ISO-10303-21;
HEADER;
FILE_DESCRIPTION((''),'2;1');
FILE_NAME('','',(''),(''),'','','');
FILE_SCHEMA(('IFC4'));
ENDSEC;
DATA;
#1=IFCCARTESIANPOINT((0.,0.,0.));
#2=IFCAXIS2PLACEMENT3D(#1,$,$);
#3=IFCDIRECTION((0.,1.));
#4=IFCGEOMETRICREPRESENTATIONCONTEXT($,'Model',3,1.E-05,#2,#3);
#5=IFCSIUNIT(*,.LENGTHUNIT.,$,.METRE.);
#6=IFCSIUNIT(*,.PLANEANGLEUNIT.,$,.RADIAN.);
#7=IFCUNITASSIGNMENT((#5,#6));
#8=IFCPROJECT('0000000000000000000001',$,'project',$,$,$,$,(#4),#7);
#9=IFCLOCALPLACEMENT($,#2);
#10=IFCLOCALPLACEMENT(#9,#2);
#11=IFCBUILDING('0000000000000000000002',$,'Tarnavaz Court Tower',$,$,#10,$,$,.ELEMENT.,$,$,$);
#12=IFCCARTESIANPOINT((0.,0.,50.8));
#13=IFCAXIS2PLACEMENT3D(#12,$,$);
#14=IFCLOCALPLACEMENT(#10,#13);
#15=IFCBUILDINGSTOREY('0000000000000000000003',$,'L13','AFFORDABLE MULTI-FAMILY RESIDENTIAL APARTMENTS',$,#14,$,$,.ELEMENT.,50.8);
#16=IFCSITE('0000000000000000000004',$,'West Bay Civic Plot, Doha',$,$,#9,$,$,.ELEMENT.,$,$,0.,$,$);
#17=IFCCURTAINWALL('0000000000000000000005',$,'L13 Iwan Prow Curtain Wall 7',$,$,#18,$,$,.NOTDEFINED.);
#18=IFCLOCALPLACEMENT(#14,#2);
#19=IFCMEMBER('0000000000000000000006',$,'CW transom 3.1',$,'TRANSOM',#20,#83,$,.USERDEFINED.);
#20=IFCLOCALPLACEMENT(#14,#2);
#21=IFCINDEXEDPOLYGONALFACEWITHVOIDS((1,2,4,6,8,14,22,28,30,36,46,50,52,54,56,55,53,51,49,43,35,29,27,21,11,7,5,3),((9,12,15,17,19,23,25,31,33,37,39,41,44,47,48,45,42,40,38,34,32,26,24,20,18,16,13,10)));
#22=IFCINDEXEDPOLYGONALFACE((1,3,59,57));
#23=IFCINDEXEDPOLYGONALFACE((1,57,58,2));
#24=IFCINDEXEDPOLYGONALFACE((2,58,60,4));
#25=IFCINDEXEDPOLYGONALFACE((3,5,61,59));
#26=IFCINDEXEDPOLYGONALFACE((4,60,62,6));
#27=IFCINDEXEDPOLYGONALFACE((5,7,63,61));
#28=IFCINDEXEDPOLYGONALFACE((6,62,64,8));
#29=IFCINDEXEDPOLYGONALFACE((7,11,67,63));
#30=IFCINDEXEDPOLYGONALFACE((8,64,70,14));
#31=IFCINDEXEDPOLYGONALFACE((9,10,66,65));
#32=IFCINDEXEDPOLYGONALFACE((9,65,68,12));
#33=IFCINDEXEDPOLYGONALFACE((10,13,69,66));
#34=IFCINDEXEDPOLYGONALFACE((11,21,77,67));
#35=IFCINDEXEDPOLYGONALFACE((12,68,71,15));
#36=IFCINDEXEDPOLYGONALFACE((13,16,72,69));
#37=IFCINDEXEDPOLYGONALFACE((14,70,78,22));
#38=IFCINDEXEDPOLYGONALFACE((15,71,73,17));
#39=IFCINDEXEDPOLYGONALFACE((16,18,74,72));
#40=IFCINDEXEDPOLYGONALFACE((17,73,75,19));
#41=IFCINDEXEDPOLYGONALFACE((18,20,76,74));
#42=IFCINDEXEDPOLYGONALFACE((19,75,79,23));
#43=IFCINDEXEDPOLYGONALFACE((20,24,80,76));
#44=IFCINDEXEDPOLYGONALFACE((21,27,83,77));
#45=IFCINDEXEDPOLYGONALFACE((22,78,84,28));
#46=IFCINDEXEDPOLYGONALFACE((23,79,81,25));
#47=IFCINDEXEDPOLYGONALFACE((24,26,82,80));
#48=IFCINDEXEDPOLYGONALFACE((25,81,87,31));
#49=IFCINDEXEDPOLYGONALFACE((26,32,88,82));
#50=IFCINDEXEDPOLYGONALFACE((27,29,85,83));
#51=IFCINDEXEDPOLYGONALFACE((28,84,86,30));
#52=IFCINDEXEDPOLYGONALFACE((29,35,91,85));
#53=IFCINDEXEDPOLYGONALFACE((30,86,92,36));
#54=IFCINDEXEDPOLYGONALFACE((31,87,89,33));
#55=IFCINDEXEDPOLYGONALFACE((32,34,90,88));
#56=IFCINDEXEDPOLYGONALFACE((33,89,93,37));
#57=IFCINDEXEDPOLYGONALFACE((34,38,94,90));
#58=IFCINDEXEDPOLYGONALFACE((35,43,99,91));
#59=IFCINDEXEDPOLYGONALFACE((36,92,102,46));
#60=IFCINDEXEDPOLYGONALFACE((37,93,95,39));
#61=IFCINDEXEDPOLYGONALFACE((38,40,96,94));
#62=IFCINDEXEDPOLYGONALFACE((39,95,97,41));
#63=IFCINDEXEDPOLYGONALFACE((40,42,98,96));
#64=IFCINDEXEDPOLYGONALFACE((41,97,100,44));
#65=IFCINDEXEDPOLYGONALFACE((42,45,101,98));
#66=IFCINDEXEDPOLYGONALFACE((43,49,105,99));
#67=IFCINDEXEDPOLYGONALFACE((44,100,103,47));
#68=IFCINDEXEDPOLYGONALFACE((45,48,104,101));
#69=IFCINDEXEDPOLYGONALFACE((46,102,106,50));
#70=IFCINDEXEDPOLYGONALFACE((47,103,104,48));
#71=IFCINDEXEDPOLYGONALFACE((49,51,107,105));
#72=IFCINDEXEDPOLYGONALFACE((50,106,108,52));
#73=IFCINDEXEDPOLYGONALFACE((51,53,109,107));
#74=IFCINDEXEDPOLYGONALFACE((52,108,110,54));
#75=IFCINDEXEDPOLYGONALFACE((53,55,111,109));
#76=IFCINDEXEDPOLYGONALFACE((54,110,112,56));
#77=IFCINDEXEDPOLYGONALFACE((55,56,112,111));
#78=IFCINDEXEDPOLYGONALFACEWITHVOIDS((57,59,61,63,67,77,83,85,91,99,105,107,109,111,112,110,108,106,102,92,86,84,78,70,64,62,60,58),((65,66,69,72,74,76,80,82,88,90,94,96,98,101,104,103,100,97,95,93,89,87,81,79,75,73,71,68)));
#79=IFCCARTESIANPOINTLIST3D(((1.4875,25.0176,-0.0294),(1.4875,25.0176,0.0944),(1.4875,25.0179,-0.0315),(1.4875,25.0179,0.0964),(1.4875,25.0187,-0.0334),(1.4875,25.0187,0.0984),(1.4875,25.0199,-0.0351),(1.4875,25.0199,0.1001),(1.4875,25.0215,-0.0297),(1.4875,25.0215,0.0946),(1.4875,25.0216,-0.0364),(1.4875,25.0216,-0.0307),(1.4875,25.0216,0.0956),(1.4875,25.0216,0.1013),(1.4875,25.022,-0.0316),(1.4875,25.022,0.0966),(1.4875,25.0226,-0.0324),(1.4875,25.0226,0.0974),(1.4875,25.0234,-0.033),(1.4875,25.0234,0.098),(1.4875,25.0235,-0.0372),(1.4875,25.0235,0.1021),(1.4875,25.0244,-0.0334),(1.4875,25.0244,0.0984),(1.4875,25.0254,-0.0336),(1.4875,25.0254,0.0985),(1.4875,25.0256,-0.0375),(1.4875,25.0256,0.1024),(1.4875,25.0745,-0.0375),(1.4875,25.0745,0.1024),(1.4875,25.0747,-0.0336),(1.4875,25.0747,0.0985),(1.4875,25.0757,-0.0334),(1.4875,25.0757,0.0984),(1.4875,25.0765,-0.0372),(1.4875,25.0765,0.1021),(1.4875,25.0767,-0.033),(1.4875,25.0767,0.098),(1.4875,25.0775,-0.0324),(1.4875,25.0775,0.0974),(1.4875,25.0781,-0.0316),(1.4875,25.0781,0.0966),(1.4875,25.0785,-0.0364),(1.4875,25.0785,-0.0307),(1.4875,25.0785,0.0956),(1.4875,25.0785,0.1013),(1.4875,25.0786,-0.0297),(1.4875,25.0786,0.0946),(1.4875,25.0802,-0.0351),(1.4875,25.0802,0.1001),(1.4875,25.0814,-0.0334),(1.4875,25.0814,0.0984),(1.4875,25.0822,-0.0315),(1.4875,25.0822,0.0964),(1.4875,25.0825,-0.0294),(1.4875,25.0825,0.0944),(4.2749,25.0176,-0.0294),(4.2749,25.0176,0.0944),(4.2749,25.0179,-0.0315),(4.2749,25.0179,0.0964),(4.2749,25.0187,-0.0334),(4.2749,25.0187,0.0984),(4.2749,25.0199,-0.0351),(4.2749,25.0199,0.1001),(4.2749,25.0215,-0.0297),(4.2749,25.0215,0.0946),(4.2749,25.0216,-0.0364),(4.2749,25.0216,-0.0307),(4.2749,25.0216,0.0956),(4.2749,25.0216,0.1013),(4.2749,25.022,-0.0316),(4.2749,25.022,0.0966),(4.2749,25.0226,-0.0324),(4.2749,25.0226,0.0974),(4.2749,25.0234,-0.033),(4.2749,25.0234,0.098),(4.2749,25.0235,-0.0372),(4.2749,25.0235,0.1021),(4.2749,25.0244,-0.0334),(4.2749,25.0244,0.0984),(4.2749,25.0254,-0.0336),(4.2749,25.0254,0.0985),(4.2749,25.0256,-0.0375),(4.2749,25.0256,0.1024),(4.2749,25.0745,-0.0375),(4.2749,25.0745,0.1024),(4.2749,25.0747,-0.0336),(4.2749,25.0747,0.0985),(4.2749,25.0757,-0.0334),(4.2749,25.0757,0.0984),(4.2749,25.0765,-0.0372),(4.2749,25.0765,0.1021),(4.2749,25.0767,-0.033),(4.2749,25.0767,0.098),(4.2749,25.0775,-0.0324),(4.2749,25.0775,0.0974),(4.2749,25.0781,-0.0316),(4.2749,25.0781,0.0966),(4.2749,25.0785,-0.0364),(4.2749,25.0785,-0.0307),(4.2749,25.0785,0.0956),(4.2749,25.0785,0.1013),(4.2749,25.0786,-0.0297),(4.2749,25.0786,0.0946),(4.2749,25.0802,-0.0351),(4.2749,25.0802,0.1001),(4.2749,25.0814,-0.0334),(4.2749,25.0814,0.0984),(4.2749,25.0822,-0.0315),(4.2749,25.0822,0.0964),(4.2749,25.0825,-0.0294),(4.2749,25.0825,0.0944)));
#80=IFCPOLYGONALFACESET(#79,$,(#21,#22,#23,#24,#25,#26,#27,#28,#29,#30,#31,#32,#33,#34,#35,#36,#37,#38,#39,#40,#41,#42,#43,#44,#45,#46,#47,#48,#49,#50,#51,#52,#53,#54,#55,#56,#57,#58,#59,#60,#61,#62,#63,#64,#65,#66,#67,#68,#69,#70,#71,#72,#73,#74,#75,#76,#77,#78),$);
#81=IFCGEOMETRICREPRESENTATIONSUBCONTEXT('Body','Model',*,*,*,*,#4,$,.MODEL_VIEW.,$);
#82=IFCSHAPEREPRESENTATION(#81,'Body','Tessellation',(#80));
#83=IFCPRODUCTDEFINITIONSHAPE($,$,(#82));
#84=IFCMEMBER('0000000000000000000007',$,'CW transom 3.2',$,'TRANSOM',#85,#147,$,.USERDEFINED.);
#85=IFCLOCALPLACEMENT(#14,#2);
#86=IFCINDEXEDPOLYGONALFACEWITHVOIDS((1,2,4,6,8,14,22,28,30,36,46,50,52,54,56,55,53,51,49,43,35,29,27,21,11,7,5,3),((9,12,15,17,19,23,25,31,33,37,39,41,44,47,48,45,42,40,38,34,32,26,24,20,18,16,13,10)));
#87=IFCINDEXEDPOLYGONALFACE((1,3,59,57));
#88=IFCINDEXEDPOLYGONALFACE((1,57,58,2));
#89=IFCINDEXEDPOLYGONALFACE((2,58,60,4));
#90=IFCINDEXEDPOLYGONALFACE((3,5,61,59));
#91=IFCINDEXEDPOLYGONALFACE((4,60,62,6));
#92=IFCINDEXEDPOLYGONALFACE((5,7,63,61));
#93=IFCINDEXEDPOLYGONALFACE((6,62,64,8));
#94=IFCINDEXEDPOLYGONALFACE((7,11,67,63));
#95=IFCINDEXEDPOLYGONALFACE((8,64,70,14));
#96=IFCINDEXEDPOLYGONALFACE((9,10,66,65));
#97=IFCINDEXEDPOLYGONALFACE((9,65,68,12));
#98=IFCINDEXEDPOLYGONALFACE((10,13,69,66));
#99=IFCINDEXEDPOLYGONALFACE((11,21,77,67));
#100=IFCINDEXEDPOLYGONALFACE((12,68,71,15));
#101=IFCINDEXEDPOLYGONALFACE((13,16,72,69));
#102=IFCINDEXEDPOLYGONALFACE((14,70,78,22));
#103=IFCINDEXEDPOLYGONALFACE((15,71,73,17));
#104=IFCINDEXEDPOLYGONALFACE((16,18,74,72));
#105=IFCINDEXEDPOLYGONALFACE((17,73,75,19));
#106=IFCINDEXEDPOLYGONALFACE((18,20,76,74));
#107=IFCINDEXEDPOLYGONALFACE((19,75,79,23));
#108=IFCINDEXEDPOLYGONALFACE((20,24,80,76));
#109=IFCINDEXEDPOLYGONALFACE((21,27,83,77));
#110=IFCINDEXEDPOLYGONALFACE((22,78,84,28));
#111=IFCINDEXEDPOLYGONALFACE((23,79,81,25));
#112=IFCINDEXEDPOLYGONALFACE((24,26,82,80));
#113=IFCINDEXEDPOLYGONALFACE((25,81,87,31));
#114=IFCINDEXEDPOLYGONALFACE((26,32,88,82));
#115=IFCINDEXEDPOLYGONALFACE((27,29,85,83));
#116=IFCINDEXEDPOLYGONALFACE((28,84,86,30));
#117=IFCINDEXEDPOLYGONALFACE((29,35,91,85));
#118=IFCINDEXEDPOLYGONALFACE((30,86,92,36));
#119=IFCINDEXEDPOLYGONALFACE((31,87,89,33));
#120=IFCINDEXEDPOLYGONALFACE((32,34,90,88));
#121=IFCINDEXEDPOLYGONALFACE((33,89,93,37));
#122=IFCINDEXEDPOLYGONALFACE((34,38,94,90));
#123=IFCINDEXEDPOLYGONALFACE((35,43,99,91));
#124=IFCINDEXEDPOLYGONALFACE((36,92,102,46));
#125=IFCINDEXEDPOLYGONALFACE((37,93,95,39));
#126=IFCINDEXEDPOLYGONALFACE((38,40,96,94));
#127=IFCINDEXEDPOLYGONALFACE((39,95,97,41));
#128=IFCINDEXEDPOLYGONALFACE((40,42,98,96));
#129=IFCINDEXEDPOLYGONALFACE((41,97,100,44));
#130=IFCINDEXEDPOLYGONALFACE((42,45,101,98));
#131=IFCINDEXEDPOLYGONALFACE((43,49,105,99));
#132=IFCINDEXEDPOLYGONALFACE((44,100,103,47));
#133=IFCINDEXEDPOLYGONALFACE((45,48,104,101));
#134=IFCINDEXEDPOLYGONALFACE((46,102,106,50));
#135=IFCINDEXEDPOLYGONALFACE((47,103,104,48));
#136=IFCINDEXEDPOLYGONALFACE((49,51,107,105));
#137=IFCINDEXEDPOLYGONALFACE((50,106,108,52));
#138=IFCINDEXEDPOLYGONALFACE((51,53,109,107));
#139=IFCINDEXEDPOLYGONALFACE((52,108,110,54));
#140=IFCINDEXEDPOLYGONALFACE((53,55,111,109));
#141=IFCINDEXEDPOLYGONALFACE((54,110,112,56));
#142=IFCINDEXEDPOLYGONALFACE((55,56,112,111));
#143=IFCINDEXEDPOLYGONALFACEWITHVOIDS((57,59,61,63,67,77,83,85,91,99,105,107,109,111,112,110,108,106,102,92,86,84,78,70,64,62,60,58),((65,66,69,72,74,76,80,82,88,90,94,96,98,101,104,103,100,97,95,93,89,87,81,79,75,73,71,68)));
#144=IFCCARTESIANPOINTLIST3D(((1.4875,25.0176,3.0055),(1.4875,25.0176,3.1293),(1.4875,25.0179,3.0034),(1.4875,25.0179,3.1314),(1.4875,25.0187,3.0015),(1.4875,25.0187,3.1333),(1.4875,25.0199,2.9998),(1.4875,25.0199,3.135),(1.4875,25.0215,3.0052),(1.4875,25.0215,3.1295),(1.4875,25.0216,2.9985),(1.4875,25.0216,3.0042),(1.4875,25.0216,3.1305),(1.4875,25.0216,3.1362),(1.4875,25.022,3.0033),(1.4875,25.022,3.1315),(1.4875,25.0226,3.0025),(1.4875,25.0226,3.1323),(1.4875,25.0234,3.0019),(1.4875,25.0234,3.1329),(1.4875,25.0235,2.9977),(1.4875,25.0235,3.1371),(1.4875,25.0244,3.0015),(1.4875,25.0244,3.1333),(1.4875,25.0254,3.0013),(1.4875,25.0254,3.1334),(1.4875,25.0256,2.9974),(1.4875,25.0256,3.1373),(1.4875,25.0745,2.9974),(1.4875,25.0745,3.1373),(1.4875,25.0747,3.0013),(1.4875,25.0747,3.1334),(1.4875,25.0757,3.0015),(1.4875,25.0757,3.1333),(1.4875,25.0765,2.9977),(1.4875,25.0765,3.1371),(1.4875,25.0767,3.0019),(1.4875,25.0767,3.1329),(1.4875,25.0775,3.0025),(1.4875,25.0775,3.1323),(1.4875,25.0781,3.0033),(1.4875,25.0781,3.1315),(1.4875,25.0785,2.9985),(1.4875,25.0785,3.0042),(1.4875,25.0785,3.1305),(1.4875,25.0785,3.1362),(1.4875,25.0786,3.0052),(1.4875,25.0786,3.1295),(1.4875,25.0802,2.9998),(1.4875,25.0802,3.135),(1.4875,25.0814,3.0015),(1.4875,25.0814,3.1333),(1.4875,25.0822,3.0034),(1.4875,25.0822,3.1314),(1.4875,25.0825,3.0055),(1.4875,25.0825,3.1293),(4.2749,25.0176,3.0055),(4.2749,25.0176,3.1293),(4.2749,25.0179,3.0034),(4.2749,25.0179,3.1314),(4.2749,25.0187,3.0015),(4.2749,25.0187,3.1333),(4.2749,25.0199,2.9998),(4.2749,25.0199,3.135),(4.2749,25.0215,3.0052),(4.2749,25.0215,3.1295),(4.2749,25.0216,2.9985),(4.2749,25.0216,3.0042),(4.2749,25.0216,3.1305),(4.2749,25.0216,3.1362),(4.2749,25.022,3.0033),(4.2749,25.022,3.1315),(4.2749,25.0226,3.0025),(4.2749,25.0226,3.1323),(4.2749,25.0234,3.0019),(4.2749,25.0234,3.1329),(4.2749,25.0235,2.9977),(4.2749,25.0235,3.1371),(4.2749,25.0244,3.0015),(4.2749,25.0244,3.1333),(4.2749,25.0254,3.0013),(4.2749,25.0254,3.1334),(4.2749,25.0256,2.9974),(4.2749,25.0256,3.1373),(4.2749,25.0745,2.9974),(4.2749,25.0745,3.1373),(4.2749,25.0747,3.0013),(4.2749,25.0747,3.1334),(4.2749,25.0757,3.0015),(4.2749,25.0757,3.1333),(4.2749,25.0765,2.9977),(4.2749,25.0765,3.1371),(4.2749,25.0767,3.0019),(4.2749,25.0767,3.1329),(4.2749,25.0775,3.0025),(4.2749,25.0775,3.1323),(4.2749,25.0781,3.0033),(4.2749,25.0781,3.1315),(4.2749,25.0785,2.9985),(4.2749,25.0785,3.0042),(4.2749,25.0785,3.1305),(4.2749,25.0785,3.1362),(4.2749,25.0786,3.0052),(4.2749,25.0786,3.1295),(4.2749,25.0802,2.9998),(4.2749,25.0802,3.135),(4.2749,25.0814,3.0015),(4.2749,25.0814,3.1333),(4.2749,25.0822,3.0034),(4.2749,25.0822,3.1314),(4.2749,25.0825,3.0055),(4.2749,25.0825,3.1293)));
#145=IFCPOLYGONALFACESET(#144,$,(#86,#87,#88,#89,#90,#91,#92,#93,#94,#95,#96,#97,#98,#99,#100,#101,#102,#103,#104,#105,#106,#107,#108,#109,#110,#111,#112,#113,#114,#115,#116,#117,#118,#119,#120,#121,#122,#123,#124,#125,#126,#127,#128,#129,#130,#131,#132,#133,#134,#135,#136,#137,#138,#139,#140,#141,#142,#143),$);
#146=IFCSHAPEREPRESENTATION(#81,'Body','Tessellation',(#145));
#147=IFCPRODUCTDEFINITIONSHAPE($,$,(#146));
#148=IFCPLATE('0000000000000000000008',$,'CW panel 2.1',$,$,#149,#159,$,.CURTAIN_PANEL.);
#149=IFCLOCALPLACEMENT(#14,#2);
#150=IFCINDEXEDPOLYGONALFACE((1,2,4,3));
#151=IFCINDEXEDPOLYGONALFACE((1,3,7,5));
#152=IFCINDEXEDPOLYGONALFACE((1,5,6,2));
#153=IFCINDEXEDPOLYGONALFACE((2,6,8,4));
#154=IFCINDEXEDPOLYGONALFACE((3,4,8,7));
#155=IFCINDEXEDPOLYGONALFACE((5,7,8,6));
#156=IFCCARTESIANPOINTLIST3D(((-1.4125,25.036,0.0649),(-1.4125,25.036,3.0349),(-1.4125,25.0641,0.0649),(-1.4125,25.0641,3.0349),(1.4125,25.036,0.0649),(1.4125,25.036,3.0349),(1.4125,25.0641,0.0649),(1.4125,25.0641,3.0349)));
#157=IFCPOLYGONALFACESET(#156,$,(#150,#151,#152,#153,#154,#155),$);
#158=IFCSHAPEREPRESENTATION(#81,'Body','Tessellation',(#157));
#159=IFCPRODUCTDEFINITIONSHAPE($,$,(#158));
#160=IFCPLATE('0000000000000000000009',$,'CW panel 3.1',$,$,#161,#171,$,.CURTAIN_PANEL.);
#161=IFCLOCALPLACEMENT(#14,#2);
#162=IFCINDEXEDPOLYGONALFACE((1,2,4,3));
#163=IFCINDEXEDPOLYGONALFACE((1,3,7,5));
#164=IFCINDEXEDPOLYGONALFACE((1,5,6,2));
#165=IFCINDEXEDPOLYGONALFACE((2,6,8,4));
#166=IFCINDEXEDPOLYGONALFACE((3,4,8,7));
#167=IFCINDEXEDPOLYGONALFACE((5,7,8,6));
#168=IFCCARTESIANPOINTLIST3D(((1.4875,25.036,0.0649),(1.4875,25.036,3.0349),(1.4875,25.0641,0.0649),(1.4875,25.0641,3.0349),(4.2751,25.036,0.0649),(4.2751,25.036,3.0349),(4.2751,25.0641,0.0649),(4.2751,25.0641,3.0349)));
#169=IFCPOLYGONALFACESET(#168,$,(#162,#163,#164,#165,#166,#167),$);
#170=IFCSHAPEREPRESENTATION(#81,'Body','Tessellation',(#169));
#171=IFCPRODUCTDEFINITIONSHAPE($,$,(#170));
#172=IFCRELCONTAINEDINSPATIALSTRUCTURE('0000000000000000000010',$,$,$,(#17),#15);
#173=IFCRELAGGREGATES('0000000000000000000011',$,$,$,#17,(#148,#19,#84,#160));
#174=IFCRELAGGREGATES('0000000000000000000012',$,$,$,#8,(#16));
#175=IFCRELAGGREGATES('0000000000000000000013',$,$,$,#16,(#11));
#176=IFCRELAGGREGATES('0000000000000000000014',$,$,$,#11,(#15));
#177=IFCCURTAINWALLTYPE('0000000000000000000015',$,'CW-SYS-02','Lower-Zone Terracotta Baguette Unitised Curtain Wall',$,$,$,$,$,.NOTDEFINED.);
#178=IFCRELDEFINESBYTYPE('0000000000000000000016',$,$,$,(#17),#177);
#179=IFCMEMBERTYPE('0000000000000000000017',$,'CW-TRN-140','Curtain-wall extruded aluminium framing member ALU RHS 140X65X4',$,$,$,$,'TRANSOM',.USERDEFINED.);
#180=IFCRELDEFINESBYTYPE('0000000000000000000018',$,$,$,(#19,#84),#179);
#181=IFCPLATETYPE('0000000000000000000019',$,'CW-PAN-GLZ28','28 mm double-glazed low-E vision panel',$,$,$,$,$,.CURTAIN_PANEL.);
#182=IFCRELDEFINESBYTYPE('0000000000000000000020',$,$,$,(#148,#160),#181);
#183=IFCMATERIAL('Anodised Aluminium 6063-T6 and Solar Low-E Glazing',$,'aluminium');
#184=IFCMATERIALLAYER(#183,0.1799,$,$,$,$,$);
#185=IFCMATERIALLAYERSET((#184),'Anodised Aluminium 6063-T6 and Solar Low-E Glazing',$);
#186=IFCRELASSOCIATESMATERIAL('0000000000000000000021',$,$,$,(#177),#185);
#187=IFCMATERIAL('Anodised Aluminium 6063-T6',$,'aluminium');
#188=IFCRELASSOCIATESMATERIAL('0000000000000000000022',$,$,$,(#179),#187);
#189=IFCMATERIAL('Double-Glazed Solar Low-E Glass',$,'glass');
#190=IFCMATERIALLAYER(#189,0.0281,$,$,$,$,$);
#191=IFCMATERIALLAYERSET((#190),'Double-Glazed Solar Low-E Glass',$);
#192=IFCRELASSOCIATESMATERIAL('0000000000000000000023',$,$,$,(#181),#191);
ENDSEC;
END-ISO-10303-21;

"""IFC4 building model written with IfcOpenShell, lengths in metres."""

from ifc_helpers import new_model, si_unit, direction, frame, origin, origin_2d, place, context, subcontext, project, spatial, rectangle, hollow_rectangle, extrude, material, layer, layer_set, material_profile, profile_set, type_object, element, aggregate, save


model = new_model("IFC4")

# Units and contexts
model_context = context("Model", 3, precision=1e-05, world=origin(), true_north=direction((0.0, 1.0)))
body_context = subcontext(model_context, "Body", "Model", "MODEL_VIEW")
ifc_project = project(units=[si_unit("LENGTHUNIT", "METRE"), si_unit("PLANEANGLEUNIT", "RADIAN")], contexts=[model_context])

# Site, building, storey
site_placement = place(None, origin())
site = spatial("IfcSite", under=ifc_project, at=site_placement, Name="West Bay Civic Plot, Doha", CompositionType="ELEMENT", RefElevation=0.0)
building_placement = place(site_placement, origin())
building = spatial("IfcBuilding", under=site, at=building_placement, Name="Tarnavaz Court Tower", CompositionType="ELEMENT")
storey_placement = place(building_placement, frame((0.0, 0.0, 50.8)))
storey = spatial("IfcBuildingStorey", under=building, at=storey_placement, Name="L13", Description="AFFORDABLE MULTI-FAMILY RESIDENTIAL APARTMENTS", CompositionType="ELEMENT", Elevation=50.8)

# Curtain wall, members, plates
ifc_material_1 = material(Name="Anodised Aluminium 6063-T6 and Solar Low-E Glazing", Category="aluminium")
ifc_layer_1 = layer(ifc_material_1, 0.1799)
ifc_layer_set_1 = layer_set([ifc_layer_1], Name="Anodised Aluminium 6063-T6 and Solar Low-E Glazing")
curtain_wall_type = type_object("IfcCurtainWallType", Name="CW-SYS-02", Description="Lower-Zone Terracotta Baguette Unitised Curtain Wall", PredefinedType="NOTDEFINED", material=ifc_layer_set_1)
curtain_wall_placement = place(storey_placement, origin())
curtain_wall = element("IfcCurtainWall", 1, at=curtain_wall_placement, inside=storey, type_object=curtain_wall_type, Name="L13 Iwan Prow Curtain Wall 7", PredefinedType="NOTDEFINED")
ifc_material_2 = material(Name="Anodised Aluminium 6063-T6", Category="aluminium")
ifc_material_profile_1 = material_profile(ifc_material_2, hollow_rectangle(XDim=0.0649, YDim=0.1399, WallThickness=0.0039, InnerFilletRadius=0.0039, OuterFilletRadius=0.0081, at=origin_2d()), Name="ALU RHS 140X65X4")
ifc_profile_set_1 = profile_set([ifc_material_profile_1], Name="Anodised Aluminium 6063-T6")
member_type_1 = type_object("IfcMemberType", Name="CW-TRN-140", Description="Curtain-wall extruded aluminium framing member ALU RHS 140X65X4", ElementType="TRANSOM", PredefinedType="USERDEFINED", material=ifc_profile_set_1)
member_1_placement = place(storey_placement, frame((1.4875, 25.05, 0.0325), z_axis=(1.0, 0.0, 0.0), x_axis=(0.0, 1.0, 0.0)))
member_1 = element("IfcMember", 2, at=member_1_placement, type_object=member_type_1, Name="CW transom 3.1", ObjectType="TRANSOM", PredefinedType="USERDEFINED", context=body_context, shape_type="SweptSolid", body=[
    extrude(hollow_rectangle(XDim=0.0649, YDim=0.1399, WallThickness=0.0039, InnerFilletRadius=0.0039, OuterFilletRadius=0.0081, at=origin_2d()), origin(), (0.0, 0.0, 1.0), 2.7874),
])
member_2_placement = place(storey_placement, frame((1.4875, 25.05, 3.0674), z_axis=(1.0, 0.0, 0.0), x_axis=(0.0, 1.0, 0.0)))
member_2 = element("IfcMember", 3, at=member_2_placement, type_object=member_type_1, Name="CW transom 3.2", ObjectType="TRANSOM", PredefinedType="USERDEFINED", context=body_context, shape_type="SweptSolid", body=[
    extrude(hollow_rectangle(XDim=0.0649, YDim=0.1399, WallThickness=0.0039, InnerFilletRadius=0.0039, OuterFilletRadius=0.0081, at=origin_2d()), origin(), (0.0, 0.0, 1.0), 2.7874),
])
ifc_material_3 = material(Name="Double-Glazed Solar Low-E Glass", Category="glass")
ifc_layer_2 = layer(ifc_material_3, 0.0281)
ifc_layer_set_2 = layer_set([ifc_layer_2], Name="Double-Glazed Solar Low-E Glass")
plate_type = type_object("IfcPlateType", Name="CW-PAN-GLZ28", Description="28 mm double-glazed low-E vision panel", PredefinedType="CURTAIN_PANEL", material=ifc_layer_set_2)
plate_1_placement = place(storey_placement, frame((0.0, 25.05, 0.0649), z_axis=(0.0, 0.0, 1.0), x_axis=(1.0, 0.0, 0.0)))
plate_1 = element("IfcPlate", 4, at=plate_1_placement, type_object=plate_type, Name="CW panel 2.1", PredefinedType="CURTAIN_PANEL", context=body_context, shape_type="SweptSolid", body=[
    extrude(rectangle(XDim=2.825, YDim=0.0281, at=origin_2d()), origin(), (0.0, 0.0, 1.0), 2.97),
])
plate_2_placement = place(storey_placement, frame((2.8813, 25.05, 0.0649), z_axis=(0.0, 0.0, 1.0), x_axis=(1.0, 0.0, 0.0)))
plate_2 = element("IfcPlate", 5, at=plate_2_placement, type_object=plate_type, Name="CW panel 3.1", PredefinedType="CURTAIN_PANEL", context=body_context, shape_type="SweptSolid", body=[
    extrude(rectangle(XDim=2.7876, YDim=0.0281, at=origin_2d()), origin(), (0.0, 0.0, 1.0), 2.97),
])
aggregate(curtain_wall, [plate_1, member_1, member_2, plate_2])

save(model, "model.ifc")
